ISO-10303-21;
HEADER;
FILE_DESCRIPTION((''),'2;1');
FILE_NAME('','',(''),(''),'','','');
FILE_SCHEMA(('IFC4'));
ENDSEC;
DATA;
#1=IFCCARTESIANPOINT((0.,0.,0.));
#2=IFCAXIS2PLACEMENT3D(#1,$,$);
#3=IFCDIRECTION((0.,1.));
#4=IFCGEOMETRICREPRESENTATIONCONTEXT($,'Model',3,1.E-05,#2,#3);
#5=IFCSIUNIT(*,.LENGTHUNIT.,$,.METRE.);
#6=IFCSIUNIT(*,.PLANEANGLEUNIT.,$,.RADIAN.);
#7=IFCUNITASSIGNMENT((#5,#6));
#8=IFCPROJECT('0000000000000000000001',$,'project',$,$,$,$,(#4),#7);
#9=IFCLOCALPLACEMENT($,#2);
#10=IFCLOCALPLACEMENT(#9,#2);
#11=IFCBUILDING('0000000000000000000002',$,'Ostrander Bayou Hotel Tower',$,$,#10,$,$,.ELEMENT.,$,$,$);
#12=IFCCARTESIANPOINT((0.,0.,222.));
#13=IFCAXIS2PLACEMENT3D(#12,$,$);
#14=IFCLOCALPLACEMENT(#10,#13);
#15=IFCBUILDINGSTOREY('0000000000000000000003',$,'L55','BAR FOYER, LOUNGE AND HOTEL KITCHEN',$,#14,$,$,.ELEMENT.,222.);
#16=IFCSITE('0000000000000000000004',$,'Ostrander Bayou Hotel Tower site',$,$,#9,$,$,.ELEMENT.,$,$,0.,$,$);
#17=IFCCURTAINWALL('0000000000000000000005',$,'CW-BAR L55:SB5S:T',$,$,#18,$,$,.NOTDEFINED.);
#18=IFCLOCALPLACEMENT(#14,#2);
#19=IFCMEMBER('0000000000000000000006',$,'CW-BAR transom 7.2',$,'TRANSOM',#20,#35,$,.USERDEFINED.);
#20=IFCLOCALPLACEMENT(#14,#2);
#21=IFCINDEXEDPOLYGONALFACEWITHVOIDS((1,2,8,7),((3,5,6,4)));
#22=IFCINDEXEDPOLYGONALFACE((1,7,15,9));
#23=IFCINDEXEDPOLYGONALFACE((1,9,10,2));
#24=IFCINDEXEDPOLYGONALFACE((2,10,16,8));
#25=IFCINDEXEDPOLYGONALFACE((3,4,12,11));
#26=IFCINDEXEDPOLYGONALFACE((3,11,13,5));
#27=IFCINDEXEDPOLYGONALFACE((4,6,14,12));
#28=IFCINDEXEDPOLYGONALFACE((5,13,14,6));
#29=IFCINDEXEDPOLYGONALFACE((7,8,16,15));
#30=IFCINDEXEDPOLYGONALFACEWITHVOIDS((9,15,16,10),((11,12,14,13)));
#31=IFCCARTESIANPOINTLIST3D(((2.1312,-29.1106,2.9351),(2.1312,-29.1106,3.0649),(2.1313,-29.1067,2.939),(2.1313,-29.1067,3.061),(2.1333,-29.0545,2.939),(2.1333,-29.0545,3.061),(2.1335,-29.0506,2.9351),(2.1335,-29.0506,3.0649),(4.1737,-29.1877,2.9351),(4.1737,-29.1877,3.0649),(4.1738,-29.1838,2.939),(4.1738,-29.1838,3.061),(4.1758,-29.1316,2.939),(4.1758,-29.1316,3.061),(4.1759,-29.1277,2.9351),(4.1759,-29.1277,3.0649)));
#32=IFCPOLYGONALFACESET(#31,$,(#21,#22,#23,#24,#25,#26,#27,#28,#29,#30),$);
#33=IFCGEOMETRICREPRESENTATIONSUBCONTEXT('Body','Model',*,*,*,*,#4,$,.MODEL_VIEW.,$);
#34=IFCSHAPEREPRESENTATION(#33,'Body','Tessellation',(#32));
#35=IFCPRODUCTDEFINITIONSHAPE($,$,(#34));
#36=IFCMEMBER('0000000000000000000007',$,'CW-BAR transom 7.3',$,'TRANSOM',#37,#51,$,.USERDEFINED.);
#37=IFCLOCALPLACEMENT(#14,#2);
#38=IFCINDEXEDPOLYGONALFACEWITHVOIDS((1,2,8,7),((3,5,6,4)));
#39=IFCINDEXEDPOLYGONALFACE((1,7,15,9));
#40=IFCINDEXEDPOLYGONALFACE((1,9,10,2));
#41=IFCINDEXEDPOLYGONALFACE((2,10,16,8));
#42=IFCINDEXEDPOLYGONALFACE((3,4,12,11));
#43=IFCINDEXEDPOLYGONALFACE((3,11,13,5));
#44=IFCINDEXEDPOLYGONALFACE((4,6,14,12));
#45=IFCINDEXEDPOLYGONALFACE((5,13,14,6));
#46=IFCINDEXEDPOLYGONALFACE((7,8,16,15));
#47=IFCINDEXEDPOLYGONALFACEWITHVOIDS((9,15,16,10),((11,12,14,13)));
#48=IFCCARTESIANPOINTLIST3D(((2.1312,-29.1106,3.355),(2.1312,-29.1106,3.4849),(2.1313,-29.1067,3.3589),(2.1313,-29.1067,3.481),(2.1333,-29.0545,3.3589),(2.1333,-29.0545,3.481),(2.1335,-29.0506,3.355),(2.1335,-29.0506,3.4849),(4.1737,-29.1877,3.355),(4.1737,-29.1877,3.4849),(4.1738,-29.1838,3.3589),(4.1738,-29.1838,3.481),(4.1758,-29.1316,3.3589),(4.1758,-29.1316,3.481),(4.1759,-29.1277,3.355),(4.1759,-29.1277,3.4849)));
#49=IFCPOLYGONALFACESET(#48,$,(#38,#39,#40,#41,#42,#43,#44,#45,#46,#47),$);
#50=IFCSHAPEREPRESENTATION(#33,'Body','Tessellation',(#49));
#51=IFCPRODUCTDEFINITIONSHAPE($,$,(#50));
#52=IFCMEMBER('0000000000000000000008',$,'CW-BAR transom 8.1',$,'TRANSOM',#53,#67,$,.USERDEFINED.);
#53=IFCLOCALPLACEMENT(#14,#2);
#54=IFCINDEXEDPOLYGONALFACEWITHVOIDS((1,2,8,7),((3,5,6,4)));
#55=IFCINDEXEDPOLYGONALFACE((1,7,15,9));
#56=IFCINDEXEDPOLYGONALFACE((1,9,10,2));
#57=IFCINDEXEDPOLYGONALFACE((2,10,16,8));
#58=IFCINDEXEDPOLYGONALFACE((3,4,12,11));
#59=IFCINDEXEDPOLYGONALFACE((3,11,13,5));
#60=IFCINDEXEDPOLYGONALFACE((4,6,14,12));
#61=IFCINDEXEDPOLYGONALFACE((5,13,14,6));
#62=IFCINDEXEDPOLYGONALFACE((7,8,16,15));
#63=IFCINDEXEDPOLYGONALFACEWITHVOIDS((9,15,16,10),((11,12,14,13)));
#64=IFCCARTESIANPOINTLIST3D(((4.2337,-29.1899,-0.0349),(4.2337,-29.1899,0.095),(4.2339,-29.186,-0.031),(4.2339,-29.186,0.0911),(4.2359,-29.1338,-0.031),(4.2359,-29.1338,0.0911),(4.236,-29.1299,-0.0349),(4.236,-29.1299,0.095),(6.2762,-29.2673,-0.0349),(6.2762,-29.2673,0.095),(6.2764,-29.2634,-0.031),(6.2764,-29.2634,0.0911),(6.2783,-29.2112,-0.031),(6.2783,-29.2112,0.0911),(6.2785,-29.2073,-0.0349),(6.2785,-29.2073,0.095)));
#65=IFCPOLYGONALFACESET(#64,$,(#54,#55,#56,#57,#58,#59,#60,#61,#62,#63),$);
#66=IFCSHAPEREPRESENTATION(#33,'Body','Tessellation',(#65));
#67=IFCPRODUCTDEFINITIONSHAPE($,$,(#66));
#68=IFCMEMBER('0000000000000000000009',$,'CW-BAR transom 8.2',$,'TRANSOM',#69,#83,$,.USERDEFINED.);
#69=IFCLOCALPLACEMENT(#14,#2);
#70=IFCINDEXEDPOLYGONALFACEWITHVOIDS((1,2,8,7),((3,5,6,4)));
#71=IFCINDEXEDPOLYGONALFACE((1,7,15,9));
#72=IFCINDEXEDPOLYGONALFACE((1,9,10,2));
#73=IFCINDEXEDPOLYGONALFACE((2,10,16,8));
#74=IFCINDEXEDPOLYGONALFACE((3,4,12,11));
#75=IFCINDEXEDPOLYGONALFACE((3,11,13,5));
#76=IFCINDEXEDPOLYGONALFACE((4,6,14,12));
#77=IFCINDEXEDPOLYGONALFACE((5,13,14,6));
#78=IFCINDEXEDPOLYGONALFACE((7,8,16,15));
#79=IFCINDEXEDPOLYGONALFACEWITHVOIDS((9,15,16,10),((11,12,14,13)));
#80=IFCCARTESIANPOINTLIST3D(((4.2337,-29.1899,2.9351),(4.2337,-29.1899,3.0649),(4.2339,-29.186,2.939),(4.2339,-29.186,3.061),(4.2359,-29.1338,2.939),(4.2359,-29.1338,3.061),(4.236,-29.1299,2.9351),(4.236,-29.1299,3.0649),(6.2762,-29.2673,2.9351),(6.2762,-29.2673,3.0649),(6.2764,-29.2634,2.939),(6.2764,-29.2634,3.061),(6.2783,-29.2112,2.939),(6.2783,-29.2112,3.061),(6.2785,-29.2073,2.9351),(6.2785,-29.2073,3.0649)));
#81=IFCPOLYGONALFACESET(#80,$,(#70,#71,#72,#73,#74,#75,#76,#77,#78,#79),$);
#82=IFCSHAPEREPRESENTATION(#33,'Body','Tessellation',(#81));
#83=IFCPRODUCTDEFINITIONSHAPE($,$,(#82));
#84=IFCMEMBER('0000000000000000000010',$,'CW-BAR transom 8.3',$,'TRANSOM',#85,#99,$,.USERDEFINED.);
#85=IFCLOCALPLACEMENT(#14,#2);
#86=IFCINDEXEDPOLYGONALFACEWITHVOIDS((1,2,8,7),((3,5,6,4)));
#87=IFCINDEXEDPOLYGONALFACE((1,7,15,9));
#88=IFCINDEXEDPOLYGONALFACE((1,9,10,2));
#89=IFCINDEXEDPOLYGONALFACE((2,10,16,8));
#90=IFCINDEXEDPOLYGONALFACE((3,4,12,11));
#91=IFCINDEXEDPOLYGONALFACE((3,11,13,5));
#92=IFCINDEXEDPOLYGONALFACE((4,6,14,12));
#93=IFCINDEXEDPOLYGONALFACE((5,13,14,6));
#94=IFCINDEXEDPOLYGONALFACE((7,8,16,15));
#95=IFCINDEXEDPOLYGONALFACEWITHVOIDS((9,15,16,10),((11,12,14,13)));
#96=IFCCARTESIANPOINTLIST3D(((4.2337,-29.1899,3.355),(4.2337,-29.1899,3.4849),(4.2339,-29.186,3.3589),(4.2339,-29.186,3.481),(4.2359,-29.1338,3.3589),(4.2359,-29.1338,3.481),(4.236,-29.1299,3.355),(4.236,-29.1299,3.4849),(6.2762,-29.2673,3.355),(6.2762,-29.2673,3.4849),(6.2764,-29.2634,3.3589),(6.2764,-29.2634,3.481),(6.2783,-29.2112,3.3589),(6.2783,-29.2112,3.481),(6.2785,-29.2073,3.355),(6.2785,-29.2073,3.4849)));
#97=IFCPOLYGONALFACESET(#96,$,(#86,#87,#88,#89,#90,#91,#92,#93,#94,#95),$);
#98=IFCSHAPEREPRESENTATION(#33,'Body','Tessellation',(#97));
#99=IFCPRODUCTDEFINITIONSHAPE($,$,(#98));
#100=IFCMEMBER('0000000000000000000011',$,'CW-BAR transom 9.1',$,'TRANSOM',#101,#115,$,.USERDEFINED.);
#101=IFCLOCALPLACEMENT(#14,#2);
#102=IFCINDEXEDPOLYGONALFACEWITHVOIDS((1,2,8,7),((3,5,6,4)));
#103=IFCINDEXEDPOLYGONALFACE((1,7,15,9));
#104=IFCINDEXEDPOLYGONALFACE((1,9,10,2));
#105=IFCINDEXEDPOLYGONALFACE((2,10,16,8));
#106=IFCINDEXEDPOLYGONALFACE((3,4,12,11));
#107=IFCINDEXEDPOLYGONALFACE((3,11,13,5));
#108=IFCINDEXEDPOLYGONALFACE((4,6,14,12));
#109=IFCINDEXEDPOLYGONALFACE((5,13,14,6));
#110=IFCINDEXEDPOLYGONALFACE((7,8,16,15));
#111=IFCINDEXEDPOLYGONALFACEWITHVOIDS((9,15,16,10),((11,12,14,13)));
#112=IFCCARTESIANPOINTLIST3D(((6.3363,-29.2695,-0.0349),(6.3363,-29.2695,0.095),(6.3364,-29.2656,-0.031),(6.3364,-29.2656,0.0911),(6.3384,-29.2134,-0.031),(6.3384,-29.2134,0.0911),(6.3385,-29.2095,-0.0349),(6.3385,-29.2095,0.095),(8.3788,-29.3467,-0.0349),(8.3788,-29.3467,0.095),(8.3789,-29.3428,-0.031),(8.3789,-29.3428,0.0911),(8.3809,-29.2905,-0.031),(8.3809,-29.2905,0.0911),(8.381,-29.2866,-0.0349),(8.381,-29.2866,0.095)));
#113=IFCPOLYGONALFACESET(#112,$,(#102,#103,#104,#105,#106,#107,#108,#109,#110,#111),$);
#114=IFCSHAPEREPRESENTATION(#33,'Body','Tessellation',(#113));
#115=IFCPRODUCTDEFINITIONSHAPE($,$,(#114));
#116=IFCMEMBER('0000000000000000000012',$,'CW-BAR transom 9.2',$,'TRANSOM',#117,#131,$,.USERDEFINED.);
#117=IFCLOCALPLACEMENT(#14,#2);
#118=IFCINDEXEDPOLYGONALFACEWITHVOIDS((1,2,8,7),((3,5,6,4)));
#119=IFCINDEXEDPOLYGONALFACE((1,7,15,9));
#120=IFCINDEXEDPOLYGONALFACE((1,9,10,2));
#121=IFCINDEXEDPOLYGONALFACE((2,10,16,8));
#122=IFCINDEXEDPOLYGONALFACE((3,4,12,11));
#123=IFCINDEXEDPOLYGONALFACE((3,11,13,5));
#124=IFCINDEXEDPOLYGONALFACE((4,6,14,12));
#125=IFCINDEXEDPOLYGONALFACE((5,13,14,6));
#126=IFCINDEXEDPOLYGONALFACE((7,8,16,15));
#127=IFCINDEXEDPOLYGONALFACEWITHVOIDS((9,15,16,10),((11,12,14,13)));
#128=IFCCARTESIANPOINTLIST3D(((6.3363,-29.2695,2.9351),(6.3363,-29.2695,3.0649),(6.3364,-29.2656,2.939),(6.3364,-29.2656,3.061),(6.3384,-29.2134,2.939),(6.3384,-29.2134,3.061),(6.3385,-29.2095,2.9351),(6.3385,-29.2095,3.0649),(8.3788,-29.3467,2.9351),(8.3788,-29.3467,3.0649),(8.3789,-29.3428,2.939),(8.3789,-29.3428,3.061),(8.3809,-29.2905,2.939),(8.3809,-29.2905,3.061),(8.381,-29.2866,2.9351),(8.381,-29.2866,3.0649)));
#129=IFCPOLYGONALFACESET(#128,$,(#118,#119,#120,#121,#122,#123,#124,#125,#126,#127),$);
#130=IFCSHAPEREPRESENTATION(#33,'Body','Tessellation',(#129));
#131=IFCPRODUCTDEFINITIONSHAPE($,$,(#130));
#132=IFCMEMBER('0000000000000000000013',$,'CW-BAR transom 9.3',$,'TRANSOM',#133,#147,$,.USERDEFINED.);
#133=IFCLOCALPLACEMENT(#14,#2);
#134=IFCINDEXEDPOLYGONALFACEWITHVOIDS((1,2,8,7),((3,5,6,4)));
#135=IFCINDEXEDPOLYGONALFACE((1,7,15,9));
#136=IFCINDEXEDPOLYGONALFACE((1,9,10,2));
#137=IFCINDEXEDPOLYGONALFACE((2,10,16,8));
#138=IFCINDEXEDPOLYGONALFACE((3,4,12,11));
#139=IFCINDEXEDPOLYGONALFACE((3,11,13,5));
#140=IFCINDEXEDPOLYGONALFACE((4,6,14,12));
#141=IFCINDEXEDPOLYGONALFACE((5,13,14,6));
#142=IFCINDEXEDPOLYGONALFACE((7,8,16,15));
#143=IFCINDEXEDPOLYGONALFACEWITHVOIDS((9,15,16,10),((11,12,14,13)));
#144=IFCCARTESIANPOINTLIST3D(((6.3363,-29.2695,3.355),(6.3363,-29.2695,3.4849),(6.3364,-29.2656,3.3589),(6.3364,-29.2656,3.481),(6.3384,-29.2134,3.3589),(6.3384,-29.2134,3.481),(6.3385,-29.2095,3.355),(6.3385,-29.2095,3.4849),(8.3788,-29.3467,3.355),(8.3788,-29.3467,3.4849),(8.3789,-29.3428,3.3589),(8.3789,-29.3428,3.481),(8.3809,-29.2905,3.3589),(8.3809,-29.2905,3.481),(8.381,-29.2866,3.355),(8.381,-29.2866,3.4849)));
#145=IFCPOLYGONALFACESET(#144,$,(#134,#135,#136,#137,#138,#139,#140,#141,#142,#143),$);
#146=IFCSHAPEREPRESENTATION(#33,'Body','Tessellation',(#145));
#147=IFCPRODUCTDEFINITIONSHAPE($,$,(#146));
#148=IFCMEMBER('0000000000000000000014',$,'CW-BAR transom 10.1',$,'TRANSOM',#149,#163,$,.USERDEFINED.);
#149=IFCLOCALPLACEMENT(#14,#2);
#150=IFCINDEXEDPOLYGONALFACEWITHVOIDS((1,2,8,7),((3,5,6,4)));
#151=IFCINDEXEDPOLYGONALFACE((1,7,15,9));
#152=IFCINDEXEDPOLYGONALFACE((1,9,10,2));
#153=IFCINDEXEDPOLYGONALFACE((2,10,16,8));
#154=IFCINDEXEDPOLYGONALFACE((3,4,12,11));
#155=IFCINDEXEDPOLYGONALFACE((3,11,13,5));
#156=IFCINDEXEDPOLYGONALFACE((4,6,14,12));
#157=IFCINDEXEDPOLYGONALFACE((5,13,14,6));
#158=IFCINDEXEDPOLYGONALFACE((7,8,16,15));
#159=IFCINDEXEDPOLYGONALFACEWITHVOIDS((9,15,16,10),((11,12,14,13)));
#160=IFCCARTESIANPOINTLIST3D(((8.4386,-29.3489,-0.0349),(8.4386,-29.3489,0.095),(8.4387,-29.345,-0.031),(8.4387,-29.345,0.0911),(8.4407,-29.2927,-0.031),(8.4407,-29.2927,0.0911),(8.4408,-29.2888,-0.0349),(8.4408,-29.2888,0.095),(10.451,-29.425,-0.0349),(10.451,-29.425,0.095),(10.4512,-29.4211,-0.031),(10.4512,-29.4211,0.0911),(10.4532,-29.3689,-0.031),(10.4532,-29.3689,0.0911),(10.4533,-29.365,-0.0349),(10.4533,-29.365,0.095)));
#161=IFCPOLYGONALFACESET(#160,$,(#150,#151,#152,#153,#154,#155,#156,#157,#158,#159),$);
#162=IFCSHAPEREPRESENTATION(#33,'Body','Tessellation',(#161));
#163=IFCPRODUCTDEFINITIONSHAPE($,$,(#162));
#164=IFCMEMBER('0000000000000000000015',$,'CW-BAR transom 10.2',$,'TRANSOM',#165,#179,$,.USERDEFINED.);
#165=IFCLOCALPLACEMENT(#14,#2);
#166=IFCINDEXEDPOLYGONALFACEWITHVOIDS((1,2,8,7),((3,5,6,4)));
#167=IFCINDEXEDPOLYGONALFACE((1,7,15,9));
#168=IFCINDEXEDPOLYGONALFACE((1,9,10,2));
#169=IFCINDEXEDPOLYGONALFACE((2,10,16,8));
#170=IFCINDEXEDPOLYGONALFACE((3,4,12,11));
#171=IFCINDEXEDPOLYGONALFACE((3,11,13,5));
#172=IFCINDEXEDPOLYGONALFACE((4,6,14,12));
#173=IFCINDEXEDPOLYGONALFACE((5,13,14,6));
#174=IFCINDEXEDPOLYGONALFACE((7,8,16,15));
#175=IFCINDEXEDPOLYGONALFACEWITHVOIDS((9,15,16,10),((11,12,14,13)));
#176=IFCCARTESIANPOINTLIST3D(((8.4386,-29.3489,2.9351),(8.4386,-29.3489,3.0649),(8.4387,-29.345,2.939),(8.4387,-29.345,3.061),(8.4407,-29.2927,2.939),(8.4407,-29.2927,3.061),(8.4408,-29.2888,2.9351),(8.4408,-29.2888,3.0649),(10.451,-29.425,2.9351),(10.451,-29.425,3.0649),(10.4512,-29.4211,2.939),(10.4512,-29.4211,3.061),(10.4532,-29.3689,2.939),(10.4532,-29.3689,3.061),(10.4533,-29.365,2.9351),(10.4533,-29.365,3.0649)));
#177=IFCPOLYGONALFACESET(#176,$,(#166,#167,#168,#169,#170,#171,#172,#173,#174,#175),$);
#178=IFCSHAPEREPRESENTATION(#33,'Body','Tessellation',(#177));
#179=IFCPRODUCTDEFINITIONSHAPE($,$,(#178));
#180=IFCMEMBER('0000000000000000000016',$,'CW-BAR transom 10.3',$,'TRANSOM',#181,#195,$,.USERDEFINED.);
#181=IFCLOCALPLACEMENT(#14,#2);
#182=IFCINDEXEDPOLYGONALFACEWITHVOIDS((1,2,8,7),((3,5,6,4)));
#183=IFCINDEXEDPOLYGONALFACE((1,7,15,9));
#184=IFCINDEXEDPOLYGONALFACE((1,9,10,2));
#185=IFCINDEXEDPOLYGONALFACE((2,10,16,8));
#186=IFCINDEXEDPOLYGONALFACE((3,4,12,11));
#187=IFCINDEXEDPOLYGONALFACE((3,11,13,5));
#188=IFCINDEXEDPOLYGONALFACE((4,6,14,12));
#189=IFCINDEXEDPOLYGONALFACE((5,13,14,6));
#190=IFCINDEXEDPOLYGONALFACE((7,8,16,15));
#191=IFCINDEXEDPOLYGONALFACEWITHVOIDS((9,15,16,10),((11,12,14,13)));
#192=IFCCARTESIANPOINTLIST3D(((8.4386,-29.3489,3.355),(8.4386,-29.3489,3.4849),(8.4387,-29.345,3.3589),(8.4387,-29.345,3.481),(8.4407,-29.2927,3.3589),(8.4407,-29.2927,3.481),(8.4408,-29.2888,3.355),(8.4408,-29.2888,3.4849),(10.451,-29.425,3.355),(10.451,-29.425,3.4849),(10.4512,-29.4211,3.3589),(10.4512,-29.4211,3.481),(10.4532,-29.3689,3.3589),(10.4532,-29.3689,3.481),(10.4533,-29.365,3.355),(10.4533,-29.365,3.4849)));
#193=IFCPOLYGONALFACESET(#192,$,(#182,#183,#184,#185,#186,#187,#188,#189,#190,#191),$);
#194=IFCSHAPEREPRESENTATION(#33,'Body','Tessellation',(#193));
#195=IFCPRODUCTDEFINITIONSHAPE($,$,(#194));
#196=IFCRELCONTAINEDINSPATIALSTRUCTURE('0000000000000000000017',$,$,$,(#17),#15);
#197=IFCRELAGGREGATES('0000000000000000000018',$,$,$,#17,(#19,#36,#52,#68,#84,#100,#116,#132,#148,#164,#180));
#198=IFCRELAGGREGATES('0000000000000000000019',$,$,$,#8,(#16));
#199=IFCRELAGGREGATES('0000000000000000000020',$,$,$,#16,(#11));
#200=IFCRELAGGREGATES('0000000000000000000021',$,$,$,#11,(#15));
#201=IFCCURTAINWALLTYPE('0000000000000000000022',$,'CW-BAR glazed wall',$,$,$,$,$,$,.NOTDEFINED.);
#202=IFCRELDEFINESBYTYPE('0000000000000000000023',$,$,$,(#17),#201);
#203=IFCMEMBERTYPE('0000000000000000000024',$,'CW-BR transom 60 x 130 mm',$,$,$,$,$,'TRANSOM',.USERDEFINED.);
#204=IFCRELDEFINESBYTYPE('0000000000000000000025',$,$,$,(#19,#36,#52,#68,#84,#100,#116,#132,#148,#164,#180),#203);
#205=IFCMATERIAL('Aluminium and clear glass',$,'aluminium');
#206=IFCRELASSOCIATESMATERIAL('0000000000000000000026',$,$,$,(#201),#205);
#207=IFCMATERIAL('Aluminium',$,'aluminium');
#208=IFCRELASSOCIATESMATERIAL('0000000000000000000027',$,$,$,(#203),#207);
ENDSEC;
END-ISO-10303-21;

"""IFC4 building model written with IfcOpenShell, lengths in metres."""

from ifc_helpers import new_model, si_unit, direction, frame, origin, origin_2d, place, context, subcontext, project, spatial, hollow_rectangle, extrude, material, material_profile, profile_set, type_object, element, aggregate, save


model = new_model("IFC4")

# Units and contexts
model_context = context("Model", 3, precision=1e-05, world=origin(), true_north=direction((0.0, 1.0)))
body_context = subcontext(model_context, "Body", "Model", "MODEL_VIEW")
ifc_project = project(units=[si_unit("LENGTHUNIT", "METRE"), si_unit("PLANEANGLEUNIT", "RADIAN")], contexts=[model_context])

# Site, building, storey
site_placement = place(None, origin())
site = spatial("IfcSite", under=ifc_project, at=site_placement, Name="Ostrander Bayou Hotel Tower site", CompositionType="ELEMENT", RefElevation=0.0)
building_placement = place(site_placement, origin())
building = spatial("IfcBuilding", under=site, at=building_placement, Name="Ostrander Bayou Hotel Tower", CompositionType="ELEMENT")
storey_placement = place(building_placement, frame((0.0, 0.0, 222.0)))
storey = spatial("IfcBuildingStorey", under=building, at=storey_placement, Name="L55", Description="BAR FOYER, LOUNGE AND HOTEL KITCHEN", CompositionType="ELEMENT", Elevation=222.0)

# Curtain wall
ifc_material_1 = material(Name="Aluminium and clear glass", Category="aluminium")
curtain_wall_type = type_object("IfcCurtainWallType", Name="CW-BAR glazed wall", PredefinedType="NOTDEFINED", material=ifc_material_1)
curtain_wall_1_placement = place(storey_placement, origin())
curtain_wall_1 = element("IfcCurtainWall", 1, at=curtain_wall_1_placement, inside=storey, type_object=curtain_wall_type, Name="CW-BAR L55:SB5S:T", PredefinedType="NOTDEFINED")

# Members
ifc_material_2 = material(Name="Aluminium", Category="aluminium")
ifc_material_profile_1 = material_profile(ifc_material_2, hollow_rectangle(XDim=0.0601, YDim=0.1299, WallThickness=0.0039, at=origin_2d()))
ifc_profile_set_1 = profile_set([ifc_material_profile_1], Name="Aluminium")
member_type_1 = type_object("IfcMemberType", Name="CW-BR transom 60 x 130 mm", ElementType="TRANSOM", PredefinedType="USERDEFINED", material=ifc_profile_set_1)
member_1_placement = place(storey_placement, frame((2.1323, -29.0806, 3.0), z_axis=(0.999287, -0.037745, 0.0), x_axis=(0.037745, 0.999287, 0.0)))
member_1 = element("IfcMember", 2, at=member_1_placement, type_object=member_type_1, Name="CW-BAR transom 7.2", ObjectType="TRANSOM", PredefinedType="USERDEFINED", context=body_context, shape_type="SweptSolid", body=[
    extrude(hollow_rectangle(XDim=0.0601, YDim=0.1299, WallThickness=0.0039, at=origin_2d()), origin(), (0.0, 0.0, 1.0), 2.0439),
])
member_2_placement = place(storey_placement, frame((2.1323, -29.0806, 3.4199), z_axis=(0.999287, -0.037745, 0.0), x_axis=(0.037745, 0.999287, 0.0)))
member_2 = element("IfcMember", 3, at=member_2_placement, type_object=member_type_1, Name="CW-BAR transom 7.3", ObjectType="TRANSOM", PredefinedType="USERDEFINED", context=body_context, shape_type="SweptSolid", body=[
    extrude(hollow_rectangle(XDim=0.0601, YDim=0.1299, WallThickness=0.0039, at=origin_2d()), origin(), (0.0, 0.0, 1.0), 2.0439),
])
member_3_placement = place(storey_placement, frame((4.2349, -29.1599, 0.03), z_axis=(0.999283, -0.037864, 0.0), x_axis=(0.037864, 0.999283, 0.0)))
member_3 = element("IfcMember", 4, at=member_3_placement, type_object=member_type_1, Name="CW-BAR transom 8.1", ObjectType="TRANSOM", PredefinedType="USERDEFINED", context=body_context, shape_type="SweptSolid", body=[
    extrude(hollow_rectangle(XDim=0.0601, YDim=0.1299, WallThickness=0.0039, at=origin_2d()), origin(), (0.0, 0.0, 1.0), 2.0439),
])
member_4_placement = place(storey_placement, frame((4.2349, -29.1599, 3.0), z_axis=(0.999283, -0.037864, 0.0), x_axis=(0.037864, 0.999283, 0.0)))
member_4 = element("IfcMember", 5, at=member_4_placement, type_object=member_type_1, Name="CW-BAR transom 8.2", ObjectType="TRANSOM", PredefinedType="USERDEFINED", context=body_context, shape_type="SweptSolid", body=[
    extrude(hollow_rectangle(XDim=0.0601, YDim=0.1299, WallThickness=0.0039, at=origin_2d()), origin(), (0.0, 0.0, 1.0), 2.0439),
])
member_5_placement = place(storey_placement, frame((4.2349, -29.1599, 3.4199), z_axis=(0.999283, -0.037864, 0.0), x_axis=(0.037864, 0.999283, 0.0)))
member_5 = element("IfcMember", 6, at=member_5_placement, type_object=member_type_1, Name="CW-BAR transom 8.3", ObjectType="TRANSOM", PredefinedType="USERDEFINED", context=body_context, shape_type="SweptSolid", body=[
    extrude(hollow_rectangle(XDim=0.0601, YDim=0.1299, WallThickness=0.0039, at=origin_2d()), origin(), (0.0, 0.0, 1.0), 2.0439),
])
member_6_placement = place(storey_placement, frame((6.3374, -29.2395, 0.03), z_axis=(0.999287, -0.037745, 0.0), x_axis=(0.037745, 0.999287, 0.0)))
member_6 = element("IfcMember", 7, at=member_6_placement, type_object=member_type_1, Name="CW-BAR transom 9.1", ObjectType="TRANSOM", PredefinedType="USERDEFINED", context=body_context, shape_type="SweptSolid", body=[
    extrude(hollow_rectangle(XDim=0.0601, YDim=0.1299, WallThickness=0.0039, at=origin_2d()), origin(), (0.0, 0.0, 1.0), 2.0439),
])
member_7_placement = place(storey_placement, frame((6.3374, -29.2395, 3.0), z_axis=(0.999287, -0.037745, 0.0), x_axis=(0.037745, 0.999287, 0.0)))
member_7 = element("IfcMember", 8, at=member_7_placement, type_object=member_type_1, Name="CW-BAR transom 9.2", ObjectType="TRANSOM", PredefinedType="USERDEFINED", context=body_context, shape_type="SweptSolid", body=[
    extrude(hollow_rectangle(XDim=0.0601, YDim=0.1299, WallThickness=0.0039, at=origin_2d()), origin(), (0.0, 0.0, 1.0), 2.0439),
])
member_8_placement = place(storey_placement, frame((6.3374, -29.2395, 3.4199), z_axis=(0.999287, -0.037745, 0.0), x_axis=(0.037745, 0.999287, 0.0)))
member_8 = element("IfcMember", 9, at=member_8_placement, type_object=member_type_1, Name="CW-BAR transom 9.3", ObjectType="TRANSOM", PredefinedType="USERDEFINED", context=body_context, shape_type="SweptSolid", body=[
    extrude(hollow_rectangle(XDim=0.0601, YDim=0.1299, WallThickness=0.0039, at=origin_2d()), origin(), (0.0, 0.0, 1.0), 2.0439),
])
member_9_placement = place(storey_placement, frame((8.4397, -29.3188, 0.03), z_axis=(0.999284, -0.037823, 0.0), x_axis=(0.037823, 0.999284, 0.0)))
member_9 = element("IfcMember", 10, at=member_9_placement, type_object=member_type_1, Name="CW-BAR transom 10.1", ObjectType="TRANSOM", PredefinedType="USERDEFINED", context=body_context, shape_type="SweptSolid", body=[
    extrude(hollow_rectangle(XDim=0.0601, YDim=0.1299, WallThickness=0.0039, at=origin_2d()), origin(), (0.0, 0.0, 1.0), 2.0139),
])
member_10_placement = place(storey_placement, frame((8.4397, -29.3188, 3.0), z_axis=(0.999284, -0.037823, 0.0), x_axis=(0.037823, 0.999284, 0.0)))
member_10 = element("IfcMember", 11, at=member_10_placement, type_object=member_type_1, Name="CW-BAR transom 10.2", ObjectType="TRANSOM", PredefinedType="USERDEFINED", context=body_context, shape_type="SweptSolid", body=[
    extrude(hollow_rectangle(XDim=0.0601, YDim=0.1299, WallThickness=0.0039, at=origin_2d()), origin(), (0.0, 0.0, 1.0), 2.0139),
])
member_11_placement = place(storey_placement, frame((8.4397, -29.3188, 3.4199), z_axis=(0.999284, -0.037823, 0.0), x_axis=(0.037823, 0.999284, 0.0)))
member_11 = element("IfcMember", 12, at=member_11_placement, type_object=member_type_1, Name="CW-BAR transom 10.3", ObjectType="TRANSOM", PredefinedType="USERDEFINED", context=body_context, shape_type="SweptSolid", body=[
    extrude(hollow_rectangle(XDim=0.0601, YDim=0.1299, WallThickness=0.0039, at=origin_2d()), origin(), (0.0, 0.0, 1.0), 2.0139),
])

aggregate(curtain_wall_1, [member_1, member_2, member_3, member_4, member_5, member_6, member_7, member_8, member_9, member_10, member_11])

save(model, "model.ifc")
